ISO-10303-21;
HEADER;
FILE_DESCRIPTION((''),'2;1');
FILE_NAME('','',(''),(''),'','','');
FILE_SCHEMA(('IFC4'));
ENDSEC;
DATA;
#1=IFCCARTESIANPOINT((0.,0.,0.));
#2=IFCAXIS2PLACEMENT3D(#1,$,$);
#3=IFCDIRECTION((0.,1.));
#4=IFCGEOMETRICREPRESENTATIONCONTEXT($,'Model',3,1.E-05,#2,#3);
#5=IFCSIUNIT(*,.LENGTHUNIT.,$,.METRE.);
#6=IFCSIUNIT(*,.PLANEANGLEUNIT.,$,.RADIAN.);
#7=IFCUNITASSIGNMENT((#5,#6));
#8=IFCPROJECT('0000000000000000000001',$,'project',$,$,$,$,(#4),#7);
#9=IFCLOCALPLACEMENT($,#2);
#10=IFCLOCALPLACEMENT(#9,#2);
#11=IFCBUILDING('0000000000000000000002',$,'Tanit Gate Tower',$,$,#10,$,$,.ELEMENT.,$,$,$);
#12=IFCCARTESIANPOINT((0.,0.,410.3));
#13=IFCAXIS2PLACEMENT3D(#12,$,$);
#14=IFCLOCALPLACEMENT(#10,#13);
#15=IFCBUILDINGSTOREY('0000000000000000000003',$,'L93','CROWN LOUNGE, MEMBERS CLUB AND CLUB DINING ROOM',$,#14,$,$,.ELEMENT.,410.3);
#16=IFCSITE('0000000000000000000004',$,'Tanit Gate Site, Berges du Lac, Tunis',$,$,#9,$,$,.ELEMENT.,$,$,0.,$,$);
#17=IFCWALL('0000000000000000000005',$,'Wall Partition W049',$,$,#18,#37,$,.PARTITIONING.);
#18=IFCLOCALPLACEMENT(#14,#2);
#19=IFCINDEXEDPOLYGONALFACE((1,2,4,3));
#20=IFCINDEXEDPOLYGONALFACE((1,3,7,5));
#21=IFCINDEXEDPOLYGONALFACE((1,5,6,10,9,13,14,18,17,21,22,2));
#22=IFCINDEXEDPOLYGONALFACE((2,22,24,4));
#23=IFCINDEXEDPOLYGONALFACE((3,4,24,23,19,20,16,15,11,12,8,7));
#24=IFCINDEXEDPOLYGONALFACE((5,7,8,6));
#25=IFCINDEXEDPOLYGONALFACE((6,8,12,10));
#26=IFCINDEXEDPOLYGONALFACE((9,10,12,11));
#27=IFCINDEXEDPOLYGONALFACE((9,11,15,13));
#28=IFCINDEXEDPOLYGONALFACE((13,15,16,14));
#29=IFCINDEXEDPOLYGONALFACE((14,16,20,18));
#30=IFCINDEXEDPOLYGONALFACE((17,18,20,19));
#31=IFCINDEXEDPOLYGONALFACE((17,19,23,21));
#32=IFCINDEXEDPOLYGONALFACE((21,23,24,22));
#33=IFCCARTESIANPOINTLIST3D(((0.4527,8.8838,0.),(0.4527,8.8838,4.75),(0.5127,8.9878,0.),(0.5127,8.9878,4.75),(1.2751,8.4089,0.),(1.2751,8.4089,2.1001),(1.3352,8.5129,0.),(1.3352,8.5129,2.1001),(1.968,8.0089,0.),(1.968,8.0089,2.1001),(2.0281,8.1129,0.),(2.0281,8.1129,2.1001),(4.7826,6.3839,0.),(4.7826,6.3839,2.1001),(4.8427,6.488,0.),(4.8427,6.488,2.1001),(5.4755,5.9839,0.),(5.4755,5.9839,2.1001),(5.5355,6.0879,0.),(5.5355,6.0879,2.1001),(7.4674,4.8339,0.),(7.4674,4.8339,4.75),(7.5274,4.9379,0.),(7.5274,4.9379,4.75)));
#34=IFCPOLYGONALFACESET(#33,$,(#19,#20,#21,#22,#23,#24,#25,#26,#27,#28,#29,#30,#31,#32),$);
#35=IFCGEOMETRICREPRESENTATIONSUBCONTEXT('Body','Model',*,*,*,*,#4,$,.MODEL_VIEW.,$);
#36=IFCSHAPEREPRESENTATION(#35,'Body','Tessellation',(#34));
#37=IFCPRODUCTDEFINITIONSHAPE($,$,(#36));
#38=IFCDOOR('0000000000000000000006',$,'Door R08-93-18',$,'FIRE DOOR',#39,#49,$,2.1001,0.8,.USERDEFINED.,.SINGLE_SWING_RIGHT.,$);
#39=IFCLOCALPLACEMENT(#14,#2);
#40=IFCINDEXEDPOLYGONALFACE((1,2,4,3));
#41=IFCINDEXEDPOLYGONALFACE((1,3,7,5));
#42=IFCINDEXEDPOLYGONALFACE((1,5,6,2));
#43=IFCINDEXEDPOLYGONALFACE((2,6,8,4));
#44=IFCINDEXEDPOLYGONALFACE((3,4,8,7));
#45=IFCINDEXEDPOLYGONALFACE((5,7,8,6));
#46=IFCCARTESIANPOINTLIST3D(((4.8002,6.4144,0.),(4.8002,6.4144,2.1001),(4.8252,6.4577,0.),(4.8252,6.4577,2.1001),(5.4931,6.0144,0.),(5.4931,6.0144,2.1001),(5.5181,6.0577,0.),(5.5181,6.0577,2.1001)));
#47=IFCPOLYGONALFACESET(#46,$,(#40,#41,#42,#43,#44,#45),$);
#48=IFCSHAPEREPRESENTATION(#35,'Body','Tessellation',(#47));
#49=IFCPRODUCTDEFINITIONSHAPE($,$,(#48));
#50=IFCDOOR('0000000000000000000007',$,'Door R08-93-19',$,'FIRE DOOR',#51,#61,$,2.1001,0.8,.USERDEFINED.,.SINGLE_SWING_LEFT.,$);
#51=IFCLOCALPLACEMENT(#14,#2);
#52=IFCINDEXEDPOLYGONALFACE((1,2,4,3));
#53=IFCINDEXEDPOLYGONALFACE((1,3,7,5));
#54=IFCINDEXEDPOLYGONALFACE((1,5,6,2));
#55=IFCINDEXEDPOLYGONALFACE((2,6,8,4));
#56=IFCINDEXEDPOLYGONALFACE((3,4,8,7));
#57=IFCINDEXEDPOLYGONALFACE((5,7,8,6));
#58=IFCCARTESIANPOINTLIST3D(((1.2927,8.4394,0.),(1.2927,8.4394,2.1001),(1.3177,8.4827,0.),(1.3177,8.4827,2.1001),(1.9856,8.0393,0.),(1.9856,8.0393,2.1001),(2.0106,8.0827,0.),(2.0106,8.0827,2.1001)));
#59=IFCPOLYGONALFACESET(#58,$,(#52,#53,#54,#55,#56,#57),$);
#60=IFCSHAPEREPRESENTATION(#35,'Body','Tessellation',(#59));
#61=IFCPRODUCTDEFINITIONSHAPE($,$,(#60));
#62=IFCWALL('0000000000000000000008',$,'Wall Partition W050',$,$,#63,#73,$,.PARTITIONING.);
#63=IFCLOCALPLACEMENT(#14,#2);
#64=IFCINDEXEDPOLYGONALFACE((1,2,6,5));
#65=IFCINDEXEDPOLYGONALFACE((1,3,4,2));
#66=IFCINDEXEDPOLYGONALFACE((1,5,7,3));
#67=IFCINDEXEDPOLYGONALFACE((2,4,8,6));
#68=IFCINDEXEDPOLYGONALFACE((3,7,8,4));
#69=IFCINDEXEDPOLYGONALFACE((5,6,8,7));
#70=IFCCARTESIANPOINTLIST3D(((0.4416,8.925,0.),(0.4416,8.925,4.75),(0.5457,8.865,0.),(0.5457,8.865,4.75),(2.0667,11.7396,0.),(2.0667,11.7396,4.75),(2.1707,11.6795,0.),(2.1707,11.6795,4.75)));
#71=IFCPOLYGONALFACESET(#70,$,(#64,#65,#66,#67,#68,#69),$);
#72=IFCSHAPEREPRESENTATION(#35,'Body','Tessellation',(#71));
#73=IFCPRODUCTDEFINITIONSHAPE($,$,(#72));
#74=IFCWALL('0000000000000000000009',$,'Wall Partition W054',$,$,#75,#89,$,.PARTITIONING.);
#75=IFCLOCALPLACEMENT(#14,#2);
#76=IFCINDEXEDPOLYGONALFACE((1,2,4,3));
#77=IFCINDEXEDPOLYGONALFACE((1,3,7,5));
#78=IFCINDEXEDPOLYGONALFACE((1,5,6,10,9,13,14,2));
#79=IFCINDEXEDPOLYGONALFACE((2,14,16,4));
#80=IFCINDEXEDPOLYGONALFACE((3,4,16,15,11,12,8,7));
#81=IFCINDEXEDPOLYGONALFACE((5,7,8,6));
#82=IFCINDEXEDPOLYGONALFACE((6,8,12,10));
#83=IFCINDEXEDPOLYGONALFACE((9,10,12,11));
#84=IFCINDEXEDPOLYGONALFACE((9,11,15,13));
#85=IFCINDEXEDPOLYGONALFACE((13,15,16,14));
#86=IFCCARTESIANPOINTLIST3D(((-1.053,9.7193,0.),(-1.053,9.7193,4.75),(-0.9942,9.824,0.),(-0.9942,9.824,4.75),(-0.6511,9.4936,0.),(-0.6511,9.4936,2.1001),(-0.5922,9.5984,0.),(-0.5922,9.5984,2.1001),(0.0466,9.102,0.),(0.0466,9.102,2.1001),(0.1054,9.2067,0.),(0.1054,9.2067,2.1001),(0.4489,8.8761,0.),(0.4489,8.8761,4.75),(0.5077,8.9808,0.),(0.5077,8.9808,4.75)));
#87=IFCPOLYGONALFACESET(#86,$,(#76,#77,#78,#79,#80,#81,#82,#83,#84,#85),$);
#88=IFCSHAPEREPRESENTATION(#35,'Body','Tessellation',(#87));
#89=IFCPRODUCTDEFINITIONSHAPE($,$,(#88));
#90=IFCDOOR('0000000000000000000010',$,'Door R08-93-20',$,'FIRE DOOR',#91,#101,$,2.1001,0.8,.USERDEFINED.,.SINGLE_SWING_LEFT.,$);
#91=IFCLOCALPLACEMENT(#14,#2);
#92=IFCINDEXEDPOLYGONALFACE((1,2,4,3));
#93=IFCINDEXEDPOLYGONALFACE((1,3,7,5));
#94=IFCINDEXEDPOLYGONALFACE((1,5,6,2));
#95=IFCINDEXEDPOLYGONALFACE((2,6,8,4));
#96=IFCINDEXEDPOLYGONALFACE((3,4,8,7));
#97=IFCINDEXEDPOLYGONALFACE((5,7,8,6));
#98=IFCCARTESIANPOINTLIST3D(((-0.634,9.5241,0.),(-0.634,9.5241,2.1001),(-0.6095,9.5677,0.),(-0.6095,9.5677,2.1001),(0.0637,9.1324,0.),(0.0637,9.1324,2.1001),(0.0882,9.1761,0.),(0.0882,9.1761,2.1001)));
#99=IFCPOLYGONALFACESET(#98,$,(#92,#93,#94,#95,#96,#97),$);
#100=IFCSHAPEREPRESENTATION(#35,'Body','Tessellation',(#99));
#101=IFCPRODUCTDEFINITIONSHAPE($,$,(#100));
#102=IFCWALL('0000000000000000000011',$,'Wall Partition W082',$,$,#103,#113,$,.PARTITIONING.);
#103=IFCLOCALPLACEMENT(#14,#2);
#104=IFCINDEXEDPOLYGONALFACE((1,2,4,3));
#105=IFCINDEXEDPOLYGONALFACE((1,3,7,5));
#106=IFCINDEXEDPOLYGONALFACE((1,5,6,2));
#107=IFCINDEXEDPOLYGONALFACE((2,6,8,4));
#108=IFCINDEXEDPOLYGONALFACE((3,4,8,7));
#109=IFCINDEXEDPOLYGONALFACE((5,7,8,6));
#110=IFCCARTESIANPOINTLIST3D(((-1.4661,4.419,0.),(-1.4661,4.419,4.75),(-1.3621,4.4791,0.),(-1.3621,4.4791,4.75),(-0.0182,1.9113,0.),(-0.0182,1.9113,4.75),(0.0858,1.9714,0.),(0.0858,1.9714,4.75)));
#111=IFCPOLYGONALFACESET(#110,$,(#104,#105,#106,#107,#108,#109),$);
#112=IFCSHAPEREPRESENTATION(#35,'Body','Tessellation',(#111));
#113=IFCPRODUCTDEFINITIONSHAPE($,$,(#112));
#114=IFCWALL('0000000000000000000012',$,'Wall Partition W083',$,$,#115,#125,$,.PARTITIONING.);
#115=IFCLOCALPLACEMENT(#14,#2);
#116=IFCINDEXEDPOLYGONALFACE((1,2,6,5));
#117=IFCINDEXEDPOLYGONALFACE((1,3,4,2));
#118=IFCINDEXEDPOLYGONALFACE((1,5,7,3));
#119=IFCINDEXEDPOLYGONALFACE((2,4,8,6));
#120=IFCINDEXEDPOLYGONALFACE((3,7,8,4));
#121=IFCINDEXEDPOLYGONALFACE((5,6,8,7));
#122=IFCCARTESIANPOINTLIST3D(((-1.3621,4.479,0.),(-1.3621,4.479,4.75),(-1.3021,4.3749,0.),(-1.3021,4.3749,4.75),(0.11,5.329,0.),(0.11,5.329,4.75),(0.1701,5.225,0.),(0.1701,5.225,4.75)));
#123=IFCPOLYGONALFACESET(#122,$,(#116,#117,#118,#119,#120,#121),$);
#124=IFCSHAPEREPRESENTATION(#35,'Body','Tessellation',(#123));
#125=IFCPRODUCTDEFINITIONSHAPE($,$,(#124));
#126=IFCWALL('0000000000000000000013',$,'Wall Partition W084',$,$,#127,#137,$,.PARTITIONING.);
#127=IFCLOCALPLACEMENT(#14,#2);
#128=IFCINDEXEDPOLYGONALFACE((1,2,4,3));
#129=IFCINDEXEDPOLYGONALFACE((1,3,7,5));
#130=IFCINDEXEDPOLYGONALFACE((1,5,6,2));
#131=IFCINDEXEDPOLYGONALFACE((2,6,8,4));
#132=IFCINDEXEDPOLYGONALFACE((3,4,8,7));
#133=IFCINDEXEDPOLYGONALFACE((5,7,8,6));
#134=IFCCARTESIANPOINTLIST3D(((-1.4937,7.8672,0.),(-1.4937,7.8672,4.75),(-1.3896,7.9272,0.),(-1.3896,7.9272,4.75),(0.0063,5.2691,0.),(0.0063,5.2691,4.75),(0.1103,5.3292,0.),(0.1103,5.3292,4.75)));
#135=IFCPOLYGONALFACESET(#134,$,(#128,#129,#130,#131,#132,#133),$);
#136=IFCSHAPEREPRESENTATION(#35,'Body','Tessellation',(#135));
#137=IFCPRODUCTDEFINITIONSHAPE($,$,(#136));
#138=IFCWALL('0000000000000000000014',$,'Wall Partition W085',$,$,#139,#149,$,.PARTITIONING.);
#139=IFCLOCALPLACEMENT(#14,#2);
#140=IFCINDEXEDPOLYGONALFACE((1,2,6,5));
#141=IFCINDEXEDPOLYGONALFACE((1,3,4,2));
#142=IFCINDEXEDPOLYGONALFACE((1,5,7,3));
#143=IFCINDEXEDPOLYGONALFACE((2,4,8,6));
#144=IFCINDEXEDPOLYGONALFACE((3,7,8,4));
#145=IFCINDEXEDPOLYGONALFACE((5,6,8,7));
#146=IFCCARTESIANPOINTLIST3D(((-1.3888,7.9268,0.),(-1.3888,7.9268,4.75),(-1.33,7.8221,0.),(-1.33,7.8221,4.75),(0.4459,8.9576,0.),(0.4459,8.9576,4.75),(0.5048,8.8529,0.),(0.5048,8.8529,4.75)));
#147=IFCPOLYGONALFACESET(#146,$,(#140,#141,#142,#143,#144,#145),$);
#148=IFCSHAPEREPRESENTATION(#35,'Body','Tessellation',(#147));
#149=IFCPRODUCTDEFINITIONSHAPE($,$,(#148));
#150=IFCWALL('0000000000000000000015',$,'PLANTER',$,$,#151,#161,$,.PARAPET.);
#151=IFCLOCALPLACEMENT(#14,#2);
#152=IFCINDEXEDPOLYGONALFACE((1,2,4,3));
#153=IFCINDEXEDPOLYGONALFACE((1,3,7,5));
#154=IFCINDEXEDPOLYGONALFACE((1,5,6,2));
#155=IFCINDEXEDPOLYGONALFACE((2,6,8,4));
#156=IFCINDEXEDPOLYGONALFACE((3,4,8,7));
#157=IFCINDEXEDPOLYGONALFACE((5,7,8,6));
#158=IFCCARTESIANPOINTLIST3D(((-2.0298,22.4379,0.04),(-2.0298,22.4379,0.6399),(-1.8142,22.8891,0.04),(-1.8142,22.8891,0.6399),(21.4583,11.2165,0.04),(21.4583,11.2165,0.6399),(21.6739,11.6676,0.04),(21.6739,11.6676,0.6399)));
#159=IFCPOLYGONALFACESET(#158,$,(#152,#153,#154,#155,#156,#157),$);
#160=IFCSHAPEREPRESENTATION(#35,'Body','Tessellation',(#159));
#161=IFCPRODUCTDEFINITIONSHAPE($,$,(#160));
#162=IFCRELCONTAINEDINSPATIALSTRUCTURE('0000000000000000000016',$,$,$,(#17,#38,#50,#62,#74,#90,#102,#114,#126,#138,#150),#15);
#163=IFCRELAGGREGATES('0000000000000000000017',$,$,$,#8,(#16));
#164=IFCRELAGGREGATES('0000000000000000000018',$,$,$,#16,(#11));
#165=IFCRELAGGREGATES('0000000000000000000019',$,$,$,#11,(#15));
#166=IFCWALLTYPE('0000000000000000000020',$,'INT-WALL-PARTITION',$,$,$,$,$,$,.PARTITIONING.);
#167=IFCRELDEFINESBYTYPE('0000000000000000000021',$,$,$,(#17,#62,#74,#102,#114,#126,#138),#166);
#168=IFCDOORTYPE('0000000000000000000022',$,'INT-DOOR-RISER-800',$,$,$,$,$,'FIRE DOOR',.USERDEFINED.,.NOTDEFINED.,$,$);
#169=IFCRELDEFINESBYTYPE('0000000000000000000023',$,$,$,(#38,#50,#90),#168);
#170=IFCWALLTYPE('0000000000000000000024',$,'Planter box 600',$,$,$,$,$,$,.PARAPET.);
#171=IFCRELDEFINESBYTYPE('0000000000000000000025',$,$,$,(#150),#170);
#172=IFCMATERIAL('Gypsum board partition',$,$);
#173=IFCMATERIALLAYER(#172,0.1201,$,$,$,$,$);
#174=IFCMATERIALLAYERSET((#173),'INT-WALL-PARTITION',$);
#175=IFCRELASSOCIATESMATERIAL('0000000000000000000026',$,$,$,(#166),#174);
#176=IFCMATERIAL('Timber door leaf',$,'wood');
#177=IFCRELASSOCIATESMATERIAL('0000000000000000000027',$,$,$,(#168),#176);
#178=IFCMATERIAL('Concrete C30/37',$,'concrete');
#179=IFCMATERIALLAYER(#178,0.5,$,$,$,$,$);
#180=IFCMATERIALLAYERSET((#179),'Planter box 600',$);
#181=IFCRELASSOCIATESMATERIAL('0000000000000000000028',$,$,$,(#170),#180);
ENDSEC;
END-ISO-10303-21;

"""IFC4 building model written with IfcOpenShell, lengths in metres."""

from ifc_helpers import new_model, si_unit, direction, frame, frame_2d, origin, place, context, subcontext, project, spatial, rectangle, extrude, material, layer, layer_set, type_object, element, fill, save


model = new_model("IFC4")

# Units and contexts
model_context = context("Model", 3, precision=1e-05, world=origin(), true_north=direction((0.0, 1.0)))
body_context = subcontext(model_context, "Body", "Model", "MODEL_VIEW")
ifc_project = project(units=[si_unit("LENGTHUNIT", "METRE"), si_unit("PLANEANGLEUNIT", "RADIAN")], contexts=[model_context])

# Site, building, storey
site_placement = place(None, origin())
site = spatial("IfcSite", under=ifc_project, at=site_placement, Name="Tanit Gate Site, Berges du Lac, Tunis", CompositionType="ELEMENT", RefElevation=0.0)
building_placement = place(site_placement, origin())
building = spatial("IfcBuilding", under=site, at=building_placement, Name="Tanit Gate Tower", CompositionType="ELEMENT")
storey_placement = place(building_placement, frame((0.0, 0.0, 410.3)))
storey = spatial("IfcBuildingStorey", under=building, at=storey_placement, Name="L93", Description="CROWN LOUNGE, MEMBERS CLUB AND CLUB DINING ROOM", CompositionType="ELEMENT", Elevation=410.3)

# Shared definitions
ifc_material_1 = material(Name="Gypsum board partition")
ifc_layer_1 = layer(ifc_material_1, 0.1201)
ifc_layer_set_1 = layer_set([ifc_layer_1], Name="INT-WALL-PARTITION")
wall_type_1 = type_object("IfcWallType", Name="INT-WALL-PARTITION", PredefinedType="PARTITIONING", material=ifc_layer_set_1)
ifc_material_2 = material(Name="Timber door leaf", Category="wood")
door_type_1 = type_object("IfcDoorType", Name="INT-DOOR-RISER-800", ElementType="FIRE DOOR", OperationType="NOTDEFINED", PredefinedType="USERDEFINED", material=ifc_material_2)

# Wall, openings, doors
wall_1_placement = place(storey_placement, frame((7.4973, 4.886, 0.0), z_axis=(0.0, 0.0, 1.0), x_axis=(-0.866031, 0.49999, 0.0)))
wall_1 = element("IfcWall", 1, at=wall_1_placement, inside=storey, type_object=wall_type_1, Name="Wall Partition W049", PredefinedType="PARTITIONING", context=body_context, shape_type="SweptSolid", body=[
    extrude(rectangle(XDim=8.0999, YDim=0.1201, at=frame_2d((4.0498, 0.0))), origin(), (0.0, 0.0, 1.0), 4.75),
])
opening_1_placement = place(wall_1_placement, frame((2.3, 0.0, 0.0)))
opening_1 = element("IfcOpeningElement", 2, at=opening_1_placement, cuts=wall_1, PredefinedType="OPENING", context=body_context, shape_type="SweptSolid", body=[
    extrude(rectangle(XDim=0.8, YDim=2.1001, at=frame_2d((0.3999, 1.05))), frame((0.0, 0.0701, 0.0), z_axis=(0.0, -1.0, 0.0), x_axis=(1.0, 0.0, 0.0)), (0.0, 0.0, 1.0), 0.1401),
])
opening_2_placement = place(wall_1_placement, frame((6.3501, 0.0, 0.0)))
opening_2 = element("IfcOpeningElement", 3, at=opening_2_placement, cuts=wall_1, PredefinedType="OPENING", context=body_context, shape_type="SweptSolid", body=[
    extrude(rectangle(XDim=0.8, YDim=2.1001, at=frame_2d((0.3999, 1.05))), frame((0.0, 0.0701, 0.0), z_axis=(0.0, -1.0, 0.0), x_axis=(1.0, 0.0, 0.0)), (0.0, 0.0, 1.0), 0.1401),
])
door_1_placement = place(opening_1_placement, origin())
door_1 = element("IfcDoor", 4, at=door_1_placement, inside=storey, type_object=door_type_1, Name="Door R08-93-18", ObjectType="FIRE DOOR", OperationType="SINGLE_SWING_RIGHT", OverallHeight=2.1001, OverallWidth=0.8, PredefinedType="USERDEFINED", context=body_context, shape_type="SweptSolid", body=[
    extrude(rectangle(XDim=0.8, YDim=2.1001, at=frame_2d((0.3999, 1.05))), frame((0.0, 0.0249, 0.0), z_axis=(0.0, -1.0, 0.0), x_axis=(1.0, 0.0, 0.0)), (0.0, 0.0, 1.0), 0.05),
])
fill(opening_1, door_1)
door_2_placement = place(opening_2_placement, origin())
door_2 = element("IfcDoor", 5, at=door_2_placement, inside=storey, type_object=door_type_1, Name="Door R08-93-19", ObjectType="FIRE DOOR", OperationType="SINGLE_SWING_LEFT", OverallHeight=2.1001, OverallWidth=0.8, PredefinedType="USERDEFINED", context=body_context, shape_type="SweptSolid", body=[
    extrude(rectangle(XDim=0.8, YDim=2.1001, at=frame_2d((0.3999, 1.05))), frame((0.0, 0.0249, 0.0), z_axis=(0.0, -1.0, 0.0), x_axis=(1.0, 0.0, 0.0)), (0.0, 0.0, 1.0), 0.05),
])
fill(opening_2, door_2)

# Wall
wall_2_placement = place(storey_placement, frame((0.4937, 8.895, 0.0), z_axis=(0.0, 0.0, 1.0), x_axis=(0.500017, 0.866015, 0.0)))
element("IfcWall", 6, at=wall_2_placement, inside=storey, type_object=wall_type_1, Name="Wall Partition W050", PredefinedType="PARTITIONING", context=body_context, shape_type="SweptSolid", body=[
    extrude(rectangle(XDim=3.25, YDim=0.1201, at=frame_2d((1.625, 0.0))), origin(), (0.0, 0.0, 1.0), 4.75),
])

# Wall, opening, door
wall_3_placement = place(storey_placement, frame((-1.0237, 9.7717, 0.0), z_axis=(0.0, 0.0, 1.0), x_axis=(0.871969, -0.489561, 0.0)))
wall_3 = element("IfcWall", 7, at=wall_3_placement, inside=storey, type_object=wall_type_1, Name="Wall Partition W054", PredefinedType="PARTITIONING", context=body_context, shape_type="SweptSolid", body=[
    extrude(rectangle(XDim=1.7224, YDim=0.1201, at=frame_2d((0.8613, 0.0))), origin(), (0.0, 0.0, 1.0), 4.75),
])
opening_3_placement = place(wall_3_placement, frame((0.4612, 0.0, 0.0)))
opening_3 = element("IfcOpeningElement", 8, at=opening_3_placement, cuts=wall_3, PredefinedType="OPENING", context=body_context, shape_type="SweptSolid", body=[
    extrude(rectangle(XDim=0.8, YDim=2.1001, at=frame_2d((0.3999, 1.05))), frame((0.0, 0.0701, 0.0), z_axis=(0.0, -1.0, 0.0), x_axis=(1.0, 0.0, 0.0)), (0.0, 0.0, 1.0), 0.1401),
])
door_3_placement = place(opening_3_placement, origin())
door_3 = element("IfcDoor", 9, at=door_3_placement, inside=storey, type_object=door_type_1, Name="Door R08-93-20", ObjectType="FIRE DOOR", OperationType="SINGLE_SWING_LEFT", OverallHeight=2.1001, OverallWidth=0.8, PredefinedType="USERDEFINED", context=body_context, shape_type="SweptSolid", body=[
    extrude(rectangle(XDim=0.8, YDim=2.1001, at=frame_2d((0.3999, 1.05))), frame((0.0, 0.0249, 0.0), z_axis=(0.0, -1.0, 0.0), x_axis=(1.0, 0.0, 0.0)), (0.0, 0.0, 1.0), 0.05),
])
fill(opening_3, door_3)

# Walls
wall_4_placement = place(storey_placement, frame((-1.4141, 4.449, 0.0), z_axis=(0.0, 0.0, 1.0), x_axis=(0.500029, -0.866009, 0.0)))
element("IfcWall", 10, at=wall_4_placement, inside=storey, type_object=wall_type_1, Name="Wall Partition W082", PredefinedType="PARTITIONING", context=body_context, shape_type="SweptSolid", body=[
    extrude(rectangle(XDim=2.8958, YDim=0.1201, at=frame_2d((1.4478, 0.0))), origin(), (0.0, 0.0, 1.0), 4.75),
])
wall_5_placement = place(storey_placement, frame((0.1401, 5.2771, 0.0), z_axis=(0.0, 0.0, 1.0), x_axis=(-0.865989, -0.500062, 0.0)))
element("IfcWall", 11, at=wall_5_placement, inside=storey, type_object=wall_type_1, Name="Wall Partition W083", PredefinedType="PARTITIONING", context=body_context, shape_type="SweptSolid", body=[
    extrude(rectangle(XDim=1.7, YDim=0.1201, at=frame_2d((0.8501, 0.0))), origin(), (0.0, 0.0, 1.0), 4.75),
])
wall_6_placement = place(storey_placement, frame((-1.4417, 7.8972, 0.0), z_axis=(0.0, 0.0, 1.0), x_axis=(0.49999, -0.866031, 0.0)))
element("IfcWall", 12, at=wall_6_placement, inside=storey, type_object=wall_type_1, Name="Wall Partition W084", PredefinedType="PARTITIONING", context=body_context, shape_type="SweptSolid", body=[
    extrude(rectangle(XDim=3.0, YDim=0.1201, at=frame_2d((1.5, 0.0))), origin(), (0.0, 0.0, 1.0), 4.75),
])
wall_7_placement = place(storey_placement, frame((0.4753, 8.9053, 0.0), z_axis=(0.0, 0.0, 1.0), x_axis=(-0.871833, -0.489804, 0.0)))
element("IfcWall", 13, at=wall_7_placement, inside=storey, type_object=wall_type_1, Name="Wall Partition W085", PredefinedType="PARTITIONING", context=body_context, shape_type="SweptSolid", body=[
    extrude(rectangle(XDim=2.1045, YDim=0.1201, at=frame_2d((1.0522, 0.0))), origin(), (0.0, 0.0, 1.0), 4.75),
])
ifc_material_3 = material(Name="Concrete C30/37", Category="concrete")
ifc_layer_2 = layer(ifc_material_3, 0.5)
ifc_layer_set_2 = layer_set([ifc_layer_2], Name="Planter box 600")
wall_type_2 = type_object("IfcWallType", Name="Planter box 600", PredefinedType="PARAPET", material=ifc_layer_set_2)
wall_8_placement = place(storey_placement, frame((-1.9221, 22.6636, 0.04), z_axis=(0.0, 0.0, 1.0), x_axis=(0.902313, -0.431081, 0.0)))
element("IfcWall", 14, at=wall_8_placement, inside=storey, type_object=wall_type_2, Name="PLANTER", PredefinedType="PARAPET", context=body_context, shape_type="SweptSolid", body=[
    extrude(rectangle(XDim=26.031, YDim=0.5, at=frame_2d((13.0156, 0.0))), origin(), (0.0, 0.0, 1.0), 0.5999),
])

save(model, "model.ifc")
